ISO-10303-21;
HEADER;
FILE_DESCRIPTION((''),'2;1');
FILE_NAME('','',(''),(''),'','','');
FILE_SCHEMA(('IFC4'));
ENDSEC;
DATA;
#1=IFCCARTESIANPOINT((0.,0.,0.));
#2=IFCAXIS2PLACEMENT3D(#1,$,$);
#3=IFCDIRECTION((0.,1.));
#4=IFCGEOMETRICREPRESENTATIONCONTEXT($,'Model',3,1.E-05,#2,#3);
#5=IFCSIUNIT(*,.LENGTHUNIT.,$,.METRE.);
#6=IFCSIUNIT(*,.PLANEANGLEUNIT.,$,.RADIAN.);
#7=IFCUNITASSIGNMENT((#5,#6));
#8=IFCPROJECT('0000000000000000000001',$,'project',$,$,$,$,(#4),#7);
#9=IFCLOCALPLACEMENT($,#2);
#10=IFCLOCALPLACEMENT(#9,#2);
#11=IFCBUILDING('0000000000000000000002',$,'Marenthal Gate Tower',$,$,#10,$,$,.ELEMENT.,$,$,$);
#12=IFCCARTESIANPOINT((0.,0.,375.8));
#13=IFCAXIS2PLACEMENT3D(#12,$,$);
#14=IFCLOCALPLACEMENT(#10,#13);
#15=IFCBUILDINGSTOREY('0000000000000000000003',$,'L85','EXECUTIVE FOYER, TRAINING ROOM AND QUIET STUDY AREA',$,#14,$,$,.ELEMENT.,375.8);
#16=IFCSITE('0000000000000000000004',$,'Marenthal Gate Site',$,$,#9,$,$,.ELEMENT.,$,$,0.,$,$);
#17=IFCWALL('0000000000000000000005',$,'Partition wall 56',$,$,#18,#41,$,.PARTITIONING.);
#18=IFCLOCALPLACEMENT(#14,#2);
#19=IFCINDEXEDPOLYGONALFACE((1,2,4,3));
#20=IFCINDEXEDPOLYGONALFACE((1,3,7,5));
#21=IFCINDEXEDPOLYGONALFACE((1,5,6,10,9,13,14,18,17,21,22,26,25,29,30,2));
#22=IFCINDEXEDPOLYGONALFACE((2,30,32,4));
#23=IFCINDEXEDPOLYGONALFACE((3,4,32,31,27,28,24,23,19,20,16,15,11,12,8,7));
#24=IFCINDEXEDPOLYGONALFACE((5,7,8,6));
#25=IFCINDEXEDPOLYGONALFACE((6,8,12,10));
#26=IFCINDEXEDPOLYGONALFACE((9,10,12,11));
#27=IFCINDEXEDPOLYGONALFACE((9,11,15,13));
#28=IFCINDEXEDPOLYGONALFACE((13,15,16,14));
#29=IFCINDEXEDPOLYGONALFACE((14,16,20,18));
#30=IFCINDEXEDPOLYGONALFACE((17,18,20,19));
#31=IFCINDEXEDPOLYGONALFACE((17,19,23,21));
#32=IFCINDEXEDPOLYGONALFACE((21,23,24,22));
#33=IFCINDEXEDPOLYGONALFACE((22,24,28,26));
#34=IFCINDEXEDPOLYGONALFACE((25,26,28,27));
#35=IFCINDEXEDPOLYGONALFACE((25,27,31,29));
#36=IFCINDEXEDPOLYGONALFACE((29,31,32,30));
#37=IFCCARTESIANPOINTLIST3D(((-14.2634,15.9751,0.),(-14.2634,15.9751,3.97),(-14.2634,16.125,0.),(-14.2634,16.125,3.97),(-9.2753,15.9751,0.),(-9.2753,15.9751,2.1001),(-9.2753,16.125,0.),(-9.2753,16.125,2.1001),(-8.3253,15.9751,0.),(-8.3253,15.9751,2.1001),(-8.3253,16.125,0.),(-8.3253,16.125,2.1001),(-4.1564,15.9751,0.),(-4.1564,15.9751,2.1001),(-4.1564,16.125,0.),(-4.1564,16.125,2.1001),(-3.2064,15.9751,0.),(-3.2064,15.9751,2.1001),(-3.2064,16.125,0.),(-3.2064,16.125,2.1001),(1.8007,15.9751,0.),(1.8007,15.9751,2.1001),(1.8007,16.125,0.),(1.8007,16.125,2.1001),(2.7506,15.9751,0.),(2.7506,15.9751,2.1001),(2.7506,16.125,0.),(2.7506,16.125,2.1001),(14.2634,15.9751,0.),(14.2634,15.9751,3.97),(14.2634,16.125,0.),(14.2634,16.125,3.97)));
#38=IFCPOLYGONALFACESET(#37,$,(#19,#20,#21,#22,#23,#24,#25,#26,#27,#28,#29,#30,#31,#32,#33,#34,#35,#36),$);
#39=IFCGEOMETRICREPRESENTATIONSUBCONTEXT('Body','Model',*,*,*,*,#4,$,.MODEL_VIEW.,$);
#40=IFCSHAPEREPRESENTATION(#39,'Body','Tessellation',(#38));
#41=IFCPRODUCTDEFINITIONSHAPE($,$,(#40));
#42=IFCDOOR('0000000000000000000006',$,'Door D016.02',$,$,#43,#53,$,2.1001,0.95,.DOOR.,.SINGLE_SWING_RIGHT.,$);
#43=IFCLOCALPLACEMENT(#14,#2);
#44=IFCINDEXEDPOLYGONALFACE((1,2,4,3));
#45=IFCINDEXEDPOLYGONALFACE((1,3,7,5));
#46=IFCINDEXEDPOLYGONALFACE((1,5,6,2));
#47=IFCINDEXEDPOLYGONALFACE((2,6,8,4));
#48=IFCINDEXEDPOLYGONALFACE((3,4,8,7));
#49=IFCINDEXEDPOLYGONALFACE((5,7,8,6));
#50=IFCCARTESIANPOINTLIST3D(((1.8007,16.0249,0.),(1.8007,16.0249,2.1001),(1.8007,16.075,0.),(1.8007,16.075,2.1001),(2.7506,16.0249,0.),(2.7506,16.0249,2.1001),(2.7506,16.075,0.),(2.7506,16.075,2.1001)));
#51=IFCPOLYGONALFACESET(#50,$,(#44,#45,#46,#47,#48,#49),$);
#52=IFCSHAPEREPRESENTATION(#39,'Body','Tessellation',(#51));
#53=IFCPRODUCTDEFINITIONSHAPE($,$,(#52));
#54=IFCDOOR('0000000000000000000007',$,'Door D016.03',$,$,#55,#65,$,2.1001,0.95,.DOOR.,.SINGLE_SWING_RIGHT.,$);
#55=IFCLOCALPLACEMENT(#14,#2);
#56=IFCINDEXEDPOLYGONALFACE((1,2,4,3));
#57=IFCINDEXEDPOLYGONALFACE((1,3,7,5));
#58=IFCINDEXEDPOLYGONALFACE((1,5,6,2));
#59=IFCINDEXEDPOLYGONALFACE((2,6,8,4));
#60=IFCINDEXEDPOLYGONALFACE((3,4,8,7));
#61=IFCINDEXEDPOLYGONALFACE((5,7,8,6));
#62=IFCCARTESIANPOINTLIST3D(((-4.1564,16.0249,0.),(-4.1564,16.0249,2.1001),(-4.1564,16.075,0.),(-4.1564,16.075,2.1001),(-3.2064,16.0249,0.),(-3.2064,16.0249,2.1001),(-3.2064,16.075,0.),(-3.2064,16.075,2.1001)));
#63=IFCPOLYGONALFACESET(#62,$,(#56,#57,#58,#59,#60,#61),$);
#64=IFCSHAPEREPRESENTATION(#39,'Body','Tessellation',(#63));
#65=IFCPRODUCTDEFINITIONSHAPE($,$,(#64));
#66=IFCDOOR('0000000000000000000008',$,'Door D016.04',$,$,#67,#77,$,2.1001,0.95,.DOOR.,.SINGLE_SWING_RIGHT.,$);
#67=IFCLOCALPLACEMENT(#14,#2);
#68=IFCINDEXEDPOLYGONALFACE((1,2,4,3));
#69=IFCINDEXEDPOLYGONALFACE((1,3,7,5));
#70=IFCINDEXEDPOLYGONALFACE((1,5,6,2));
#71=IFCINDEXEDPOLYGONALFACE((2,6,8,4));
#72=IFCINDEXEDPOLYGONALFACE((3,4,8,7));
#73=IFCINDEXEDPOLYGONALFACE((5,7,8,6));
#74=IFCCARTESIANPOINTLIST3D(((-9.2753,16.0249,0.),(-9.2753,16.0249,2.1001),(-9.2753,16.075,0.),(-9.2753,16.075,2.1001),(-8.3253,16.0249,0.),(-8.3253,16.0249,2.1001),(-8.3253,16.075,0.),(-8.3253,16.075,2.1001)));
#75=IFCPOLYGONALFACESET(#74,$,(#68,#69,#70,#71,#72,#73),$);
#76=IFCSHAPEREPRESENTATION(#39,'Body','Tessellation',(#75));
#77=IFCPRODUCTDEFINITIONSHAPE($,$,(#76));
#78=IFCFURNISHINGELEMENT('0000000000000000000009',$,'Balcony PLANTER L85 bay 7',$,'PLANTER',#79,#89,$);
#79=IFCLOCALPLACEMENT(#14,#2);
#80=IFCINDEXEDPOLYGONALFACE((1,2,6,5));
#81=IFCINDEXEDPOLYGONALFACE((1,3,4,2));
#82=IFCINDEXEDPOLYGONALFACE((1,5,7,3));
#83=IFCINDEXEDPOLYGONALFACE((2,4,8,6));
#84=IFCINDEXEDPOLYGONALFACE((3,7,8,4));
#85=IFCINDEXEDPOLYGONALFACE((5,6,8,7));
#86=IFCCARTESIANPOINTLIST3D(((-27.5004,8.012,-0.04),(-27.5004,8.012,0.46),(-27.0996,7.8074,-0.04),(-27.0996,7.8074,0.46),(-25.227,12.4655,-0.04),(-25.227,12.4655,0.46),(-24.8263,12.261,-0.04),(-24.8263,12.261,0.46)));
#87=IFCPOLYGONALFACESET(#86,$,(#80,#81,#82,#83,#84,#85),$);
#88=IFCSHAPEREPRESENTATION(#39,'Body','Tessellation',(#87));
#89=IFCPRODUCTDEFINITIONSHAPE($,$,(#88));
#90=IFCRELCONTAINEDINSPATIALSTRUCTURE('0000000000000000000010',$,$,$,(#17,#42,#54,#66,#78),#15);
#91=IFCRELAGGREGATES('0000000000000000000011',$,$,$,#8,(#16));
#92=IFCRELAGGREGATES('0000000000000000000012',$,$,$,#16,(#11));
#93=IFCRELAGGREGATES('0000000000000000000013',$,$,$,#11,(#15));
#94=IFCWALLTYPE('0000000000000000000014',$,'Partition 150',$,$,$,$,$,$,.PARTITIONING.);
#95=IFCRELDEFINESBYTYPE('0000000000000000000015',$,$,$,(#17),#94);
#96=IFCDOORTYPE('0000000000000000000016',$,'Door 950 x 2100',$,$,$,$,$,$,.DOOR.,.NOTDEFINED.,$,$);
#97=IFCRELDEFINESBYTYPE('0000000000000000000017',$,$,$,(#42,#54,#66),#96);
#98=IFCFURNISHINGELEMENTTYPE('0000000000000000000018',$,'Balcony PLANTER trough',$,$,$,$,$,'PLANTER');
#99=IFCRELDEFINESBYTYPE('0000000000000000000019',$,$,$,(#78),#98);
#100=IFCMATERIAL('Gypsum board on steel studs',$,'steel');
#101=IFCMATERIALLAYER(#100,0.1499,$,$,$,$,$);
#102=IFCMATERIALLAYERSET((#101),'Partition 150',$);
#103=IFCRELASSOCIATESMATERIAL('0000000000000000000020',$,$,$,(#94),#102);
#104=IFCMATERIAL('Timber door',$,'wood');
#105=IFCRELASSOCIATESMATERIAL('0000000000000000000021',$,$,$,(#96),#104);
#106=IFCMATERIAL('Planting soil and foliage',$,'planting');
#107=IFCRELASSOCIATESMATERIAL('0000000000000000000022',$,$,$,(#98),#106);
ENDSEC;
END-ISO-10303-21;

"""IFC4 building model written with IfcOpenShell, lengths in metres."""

from ifc_helpers import new_model, si_unit, direction, frame, frame_2d, origin, origin_2d, place, context, subcontext, project, spatial, rectangle, extrude, material, layer, layer_set, type_object, element, fill, save


model = new_model("IFC4")

# Units and contexts
model_context = context("Model", 3, precision=1e-05, world=origin(), true_north=direction((0.0, 1.0)))
body_context = subcontext(model_context, "Body", "Model", "MODEL_VIEW")
ifc_project = project(units=[si_unit("LENGTHUNIT", "METRE"), si_unit("PLANEANGLEUNIT", "RADIAN")], contexts=[model_context])

# Site, building, storey
site_placement = place(None, origin())
site = spatial("IfcSite", under=ifc_project, at=site_placement, Name="Marenthal Gate Site", CompositionType="ELEMENT", RefElevation=0.0)
building_placement = place(site_placement, origin())
building = spatial("IfcBuilding", under=site, at=building_placement, Name="Marenthal Gate Tower", CompositionType="ELEMENT")
storey_placement = place(building_placement, frame((0.0, 0.0, 375.8)))
storey = spatial("IfcBuildingStorey", under=building, at=storey_placement, Name="L85", Description="EXECUTIVE FOYER, TRAINING ROOM AND QUIET STUDY AREA", CompositionType="ELEMENT", Elevation=375.8)

# Shared definitions
ifc_material_1 = material(Name="Gypsum board on steel studs", Category="steel")
ifc_layer_1 = layer(ifc_material_1, 0.1499)
ifc_layer_set_1 = layer_set([ifc_layer_1], Name="Partition 150")
wall_type_1 = type_object("IfcWallType", Name="Partition 150", PredefinedType="PARTITIONING", material=ifc_layer_set_1)

# Wall, openings, doors
wall_1_placement = place(storey_placement, frame((-14.2634, 16.05, 0.0), z_axis=(0.0, 0.0, 1.0), x_axis=(1.0, 0.0, 0.0)))
wall_1 = element("IfcWall", 1, at=wall_1_placement, inside=storey, type_object=wall_type_1, Name="Partition wall 56", PredefinedType="PARTITIONING", context=body_context, shape_type="SweptSolid", body=[
    extrude(rectangle(XDim=28.5269, YDim=0.1499, at=frame_2d((14.2634, 0.0))), origin(), (0.0, 0.0, 1.0), 3.97),
])
opening_1_placement = place(wall_1_placement, frame((16.064, 0.0, 0.0)))
opening_1 = element("IfcOpeningElement", 2, at=opening_1_placement, cuts=wall_1, PredefinedType="OPENING", context=body_context, shape_type="SweptSolid", body=[
    extrude(rectangle(XDim=0.95, YDim=2.1001, at=frame_2d((0.4751, 1.05))), frame((0.0, 0.085, 0.0), z_axis=(0.0, -1.0, 0.0), x_axis=(1.0, 0.0, 0.0)), (0.0, 0.0, 1.0), 0.1699),
])
opening_2_placement = place(wall_1_placement, frame((10.1069, 0.0, 0.0)))
opening_2 = element("IfcOpeningElement", 3, at=opening_2_placement, cuts=wall_1, PredefinedType="OPENING", context=body_context, shape_type="SweptSolid", body=[
    extrude(rectangle(XDim=0.95, YDim=2.1001, at=frame_2d((0.4751, 1.05))), frame((0.0, 0.085, 0.0), z_axis=(0.0, -1.0, 0.0), x_axis=(1.0, 0.0, 0.0)), (0.0, 0.0, 1.0), 0.1699),
])
opening_3_placement = place(wall_1_placement, frame((4.988, 0.0, 0.0)))
opening_3 = element("IfcOpeningElement", 4, at=opening_3_placement, cuts=wall_1, PredefinedType="OPENING", context=body_context, shape_type="SweptSolid", body=[
    extrude(rectangle(XDim=0.95, YDim=2.1001, at=frame_2d((0.4751, 1.05))), frame((0.0, 0.085, 0.0), z_axis=(0.0, -1.0, 0.0), x_axis=(1.0, 0.0, 0.0)), (0.0, 0.0, 1.0), 0.1699),
])
ifc_material_2 = material(Name="Timber door", Category="wood")
door_type_1 = type_object("IfcDoorType", Name="Door 950 x 2100", OperationType="NOTDEFINED", PredefinedType="DOOR", material=ifc_material_2)
door_1_placement = place(opening_1_placement, origin())
door_1 = element("IfcDoor", 5, at=door_1_placement, inside=storey, type_object=door_type_1, Name="Door D016.02", OperationType="SINGLE_SWING_RIGHT", OverallHeight=2.1001, OverallWidth=0.95, PredefinedType="DOOR", context=body_context, shape_type="SweptSolid", body=[
    extrude(rectangle(XDim=0.95, YDim=2.1001, at=frame_2d((0.4751, 1.05))), frame((0.0, 0.0249, 0.0), z_axis=(0.0, -1.0, 0.0), x_axis=(1.0, 0.0, 0.0)), (0.0, 0.0, 1.0), 0.05),
])
fill(opening_1, door_1)
door_2_placement = place(opening_2_placement, origin())
door_2 = element("IfcDoor", 6, at=door_2_placement, inside=storey, type_object=door_type_1, Name="Door D016.03", OperationType="SINGLE_SWING_RIGHT", OverallHeight=2.1001, OverallWidth=0.95, PredefinedType="DOOR", context=body_context, shape_type="SweptSolid", body=[
    extrude(rectangle(XDim=0.95, YDim=2.1001, at=frame_2d((0.4751, 1.05))), frame((0.0, 0.0249, 0.0), z_axis=(0.0, -1.0, 0.0), x_axis=(1.0, 0.0, 0.0)), (0.0, 0.0, 1.0), 0.05),
])
fill(opening_2, door_2)
door_3_placement = place(opening_3_placement, origin())
door_3 = element("IfcDoor", 7, at=door_3_placement, inside=storey, type_object=door_type_1, Name="Door D016.04", OperationType="SINGLE_SWING_RIGHT", OverallHeight=2.1001, OverallWidth=0.95, PredefinedType="DOOR", context=body_context, shape_type="SweptSolid", body=[
    extrude(rectangle(XDim=0.95, YDim=2.1001, at=frame_2d((0.4751, 1.05))), frame((0.0, 0.0249, 0.0), z_axis=(0.0, -1.0, 0.0), x_axis=(1.0, 0.0, 0.0)), (0.0, 0.0, 1.0), 0.05),
])
fill(opening_3, door_3)

# Furnishing element
ifc_material_3 = material(Name="Planting soil and foliage", Category="planting")
furnishing_element_type = type_object("IfcFurnishingElementType", Name="Balcony PLANTER trough", ElementType="PLANTER", material=ifc_material_3)
furnishing_placement = place(storey_placement, frame((-26.1633, 10.1365, -0.04), z_axis=(0.0, 0.0, 1.0), x_axis=(-0.454654, -0.890668, 0.0)))
element("IfcFurnishingElement", 8, at=furnishing_placement, inside=storey, type_object=furnishing_element_type, Name="Balcony PLANTER L85 bay 7", ObjectType="PLANTER", context=body_context, shape_type="SweptSolid", body=[
    extrude(rectangle(XDim=5.0002, YDim=0.45, at=origin_2d()), origin(), (0.0, 0.0, 1.0), 0.5),
])

save(model, "model.ifc")
